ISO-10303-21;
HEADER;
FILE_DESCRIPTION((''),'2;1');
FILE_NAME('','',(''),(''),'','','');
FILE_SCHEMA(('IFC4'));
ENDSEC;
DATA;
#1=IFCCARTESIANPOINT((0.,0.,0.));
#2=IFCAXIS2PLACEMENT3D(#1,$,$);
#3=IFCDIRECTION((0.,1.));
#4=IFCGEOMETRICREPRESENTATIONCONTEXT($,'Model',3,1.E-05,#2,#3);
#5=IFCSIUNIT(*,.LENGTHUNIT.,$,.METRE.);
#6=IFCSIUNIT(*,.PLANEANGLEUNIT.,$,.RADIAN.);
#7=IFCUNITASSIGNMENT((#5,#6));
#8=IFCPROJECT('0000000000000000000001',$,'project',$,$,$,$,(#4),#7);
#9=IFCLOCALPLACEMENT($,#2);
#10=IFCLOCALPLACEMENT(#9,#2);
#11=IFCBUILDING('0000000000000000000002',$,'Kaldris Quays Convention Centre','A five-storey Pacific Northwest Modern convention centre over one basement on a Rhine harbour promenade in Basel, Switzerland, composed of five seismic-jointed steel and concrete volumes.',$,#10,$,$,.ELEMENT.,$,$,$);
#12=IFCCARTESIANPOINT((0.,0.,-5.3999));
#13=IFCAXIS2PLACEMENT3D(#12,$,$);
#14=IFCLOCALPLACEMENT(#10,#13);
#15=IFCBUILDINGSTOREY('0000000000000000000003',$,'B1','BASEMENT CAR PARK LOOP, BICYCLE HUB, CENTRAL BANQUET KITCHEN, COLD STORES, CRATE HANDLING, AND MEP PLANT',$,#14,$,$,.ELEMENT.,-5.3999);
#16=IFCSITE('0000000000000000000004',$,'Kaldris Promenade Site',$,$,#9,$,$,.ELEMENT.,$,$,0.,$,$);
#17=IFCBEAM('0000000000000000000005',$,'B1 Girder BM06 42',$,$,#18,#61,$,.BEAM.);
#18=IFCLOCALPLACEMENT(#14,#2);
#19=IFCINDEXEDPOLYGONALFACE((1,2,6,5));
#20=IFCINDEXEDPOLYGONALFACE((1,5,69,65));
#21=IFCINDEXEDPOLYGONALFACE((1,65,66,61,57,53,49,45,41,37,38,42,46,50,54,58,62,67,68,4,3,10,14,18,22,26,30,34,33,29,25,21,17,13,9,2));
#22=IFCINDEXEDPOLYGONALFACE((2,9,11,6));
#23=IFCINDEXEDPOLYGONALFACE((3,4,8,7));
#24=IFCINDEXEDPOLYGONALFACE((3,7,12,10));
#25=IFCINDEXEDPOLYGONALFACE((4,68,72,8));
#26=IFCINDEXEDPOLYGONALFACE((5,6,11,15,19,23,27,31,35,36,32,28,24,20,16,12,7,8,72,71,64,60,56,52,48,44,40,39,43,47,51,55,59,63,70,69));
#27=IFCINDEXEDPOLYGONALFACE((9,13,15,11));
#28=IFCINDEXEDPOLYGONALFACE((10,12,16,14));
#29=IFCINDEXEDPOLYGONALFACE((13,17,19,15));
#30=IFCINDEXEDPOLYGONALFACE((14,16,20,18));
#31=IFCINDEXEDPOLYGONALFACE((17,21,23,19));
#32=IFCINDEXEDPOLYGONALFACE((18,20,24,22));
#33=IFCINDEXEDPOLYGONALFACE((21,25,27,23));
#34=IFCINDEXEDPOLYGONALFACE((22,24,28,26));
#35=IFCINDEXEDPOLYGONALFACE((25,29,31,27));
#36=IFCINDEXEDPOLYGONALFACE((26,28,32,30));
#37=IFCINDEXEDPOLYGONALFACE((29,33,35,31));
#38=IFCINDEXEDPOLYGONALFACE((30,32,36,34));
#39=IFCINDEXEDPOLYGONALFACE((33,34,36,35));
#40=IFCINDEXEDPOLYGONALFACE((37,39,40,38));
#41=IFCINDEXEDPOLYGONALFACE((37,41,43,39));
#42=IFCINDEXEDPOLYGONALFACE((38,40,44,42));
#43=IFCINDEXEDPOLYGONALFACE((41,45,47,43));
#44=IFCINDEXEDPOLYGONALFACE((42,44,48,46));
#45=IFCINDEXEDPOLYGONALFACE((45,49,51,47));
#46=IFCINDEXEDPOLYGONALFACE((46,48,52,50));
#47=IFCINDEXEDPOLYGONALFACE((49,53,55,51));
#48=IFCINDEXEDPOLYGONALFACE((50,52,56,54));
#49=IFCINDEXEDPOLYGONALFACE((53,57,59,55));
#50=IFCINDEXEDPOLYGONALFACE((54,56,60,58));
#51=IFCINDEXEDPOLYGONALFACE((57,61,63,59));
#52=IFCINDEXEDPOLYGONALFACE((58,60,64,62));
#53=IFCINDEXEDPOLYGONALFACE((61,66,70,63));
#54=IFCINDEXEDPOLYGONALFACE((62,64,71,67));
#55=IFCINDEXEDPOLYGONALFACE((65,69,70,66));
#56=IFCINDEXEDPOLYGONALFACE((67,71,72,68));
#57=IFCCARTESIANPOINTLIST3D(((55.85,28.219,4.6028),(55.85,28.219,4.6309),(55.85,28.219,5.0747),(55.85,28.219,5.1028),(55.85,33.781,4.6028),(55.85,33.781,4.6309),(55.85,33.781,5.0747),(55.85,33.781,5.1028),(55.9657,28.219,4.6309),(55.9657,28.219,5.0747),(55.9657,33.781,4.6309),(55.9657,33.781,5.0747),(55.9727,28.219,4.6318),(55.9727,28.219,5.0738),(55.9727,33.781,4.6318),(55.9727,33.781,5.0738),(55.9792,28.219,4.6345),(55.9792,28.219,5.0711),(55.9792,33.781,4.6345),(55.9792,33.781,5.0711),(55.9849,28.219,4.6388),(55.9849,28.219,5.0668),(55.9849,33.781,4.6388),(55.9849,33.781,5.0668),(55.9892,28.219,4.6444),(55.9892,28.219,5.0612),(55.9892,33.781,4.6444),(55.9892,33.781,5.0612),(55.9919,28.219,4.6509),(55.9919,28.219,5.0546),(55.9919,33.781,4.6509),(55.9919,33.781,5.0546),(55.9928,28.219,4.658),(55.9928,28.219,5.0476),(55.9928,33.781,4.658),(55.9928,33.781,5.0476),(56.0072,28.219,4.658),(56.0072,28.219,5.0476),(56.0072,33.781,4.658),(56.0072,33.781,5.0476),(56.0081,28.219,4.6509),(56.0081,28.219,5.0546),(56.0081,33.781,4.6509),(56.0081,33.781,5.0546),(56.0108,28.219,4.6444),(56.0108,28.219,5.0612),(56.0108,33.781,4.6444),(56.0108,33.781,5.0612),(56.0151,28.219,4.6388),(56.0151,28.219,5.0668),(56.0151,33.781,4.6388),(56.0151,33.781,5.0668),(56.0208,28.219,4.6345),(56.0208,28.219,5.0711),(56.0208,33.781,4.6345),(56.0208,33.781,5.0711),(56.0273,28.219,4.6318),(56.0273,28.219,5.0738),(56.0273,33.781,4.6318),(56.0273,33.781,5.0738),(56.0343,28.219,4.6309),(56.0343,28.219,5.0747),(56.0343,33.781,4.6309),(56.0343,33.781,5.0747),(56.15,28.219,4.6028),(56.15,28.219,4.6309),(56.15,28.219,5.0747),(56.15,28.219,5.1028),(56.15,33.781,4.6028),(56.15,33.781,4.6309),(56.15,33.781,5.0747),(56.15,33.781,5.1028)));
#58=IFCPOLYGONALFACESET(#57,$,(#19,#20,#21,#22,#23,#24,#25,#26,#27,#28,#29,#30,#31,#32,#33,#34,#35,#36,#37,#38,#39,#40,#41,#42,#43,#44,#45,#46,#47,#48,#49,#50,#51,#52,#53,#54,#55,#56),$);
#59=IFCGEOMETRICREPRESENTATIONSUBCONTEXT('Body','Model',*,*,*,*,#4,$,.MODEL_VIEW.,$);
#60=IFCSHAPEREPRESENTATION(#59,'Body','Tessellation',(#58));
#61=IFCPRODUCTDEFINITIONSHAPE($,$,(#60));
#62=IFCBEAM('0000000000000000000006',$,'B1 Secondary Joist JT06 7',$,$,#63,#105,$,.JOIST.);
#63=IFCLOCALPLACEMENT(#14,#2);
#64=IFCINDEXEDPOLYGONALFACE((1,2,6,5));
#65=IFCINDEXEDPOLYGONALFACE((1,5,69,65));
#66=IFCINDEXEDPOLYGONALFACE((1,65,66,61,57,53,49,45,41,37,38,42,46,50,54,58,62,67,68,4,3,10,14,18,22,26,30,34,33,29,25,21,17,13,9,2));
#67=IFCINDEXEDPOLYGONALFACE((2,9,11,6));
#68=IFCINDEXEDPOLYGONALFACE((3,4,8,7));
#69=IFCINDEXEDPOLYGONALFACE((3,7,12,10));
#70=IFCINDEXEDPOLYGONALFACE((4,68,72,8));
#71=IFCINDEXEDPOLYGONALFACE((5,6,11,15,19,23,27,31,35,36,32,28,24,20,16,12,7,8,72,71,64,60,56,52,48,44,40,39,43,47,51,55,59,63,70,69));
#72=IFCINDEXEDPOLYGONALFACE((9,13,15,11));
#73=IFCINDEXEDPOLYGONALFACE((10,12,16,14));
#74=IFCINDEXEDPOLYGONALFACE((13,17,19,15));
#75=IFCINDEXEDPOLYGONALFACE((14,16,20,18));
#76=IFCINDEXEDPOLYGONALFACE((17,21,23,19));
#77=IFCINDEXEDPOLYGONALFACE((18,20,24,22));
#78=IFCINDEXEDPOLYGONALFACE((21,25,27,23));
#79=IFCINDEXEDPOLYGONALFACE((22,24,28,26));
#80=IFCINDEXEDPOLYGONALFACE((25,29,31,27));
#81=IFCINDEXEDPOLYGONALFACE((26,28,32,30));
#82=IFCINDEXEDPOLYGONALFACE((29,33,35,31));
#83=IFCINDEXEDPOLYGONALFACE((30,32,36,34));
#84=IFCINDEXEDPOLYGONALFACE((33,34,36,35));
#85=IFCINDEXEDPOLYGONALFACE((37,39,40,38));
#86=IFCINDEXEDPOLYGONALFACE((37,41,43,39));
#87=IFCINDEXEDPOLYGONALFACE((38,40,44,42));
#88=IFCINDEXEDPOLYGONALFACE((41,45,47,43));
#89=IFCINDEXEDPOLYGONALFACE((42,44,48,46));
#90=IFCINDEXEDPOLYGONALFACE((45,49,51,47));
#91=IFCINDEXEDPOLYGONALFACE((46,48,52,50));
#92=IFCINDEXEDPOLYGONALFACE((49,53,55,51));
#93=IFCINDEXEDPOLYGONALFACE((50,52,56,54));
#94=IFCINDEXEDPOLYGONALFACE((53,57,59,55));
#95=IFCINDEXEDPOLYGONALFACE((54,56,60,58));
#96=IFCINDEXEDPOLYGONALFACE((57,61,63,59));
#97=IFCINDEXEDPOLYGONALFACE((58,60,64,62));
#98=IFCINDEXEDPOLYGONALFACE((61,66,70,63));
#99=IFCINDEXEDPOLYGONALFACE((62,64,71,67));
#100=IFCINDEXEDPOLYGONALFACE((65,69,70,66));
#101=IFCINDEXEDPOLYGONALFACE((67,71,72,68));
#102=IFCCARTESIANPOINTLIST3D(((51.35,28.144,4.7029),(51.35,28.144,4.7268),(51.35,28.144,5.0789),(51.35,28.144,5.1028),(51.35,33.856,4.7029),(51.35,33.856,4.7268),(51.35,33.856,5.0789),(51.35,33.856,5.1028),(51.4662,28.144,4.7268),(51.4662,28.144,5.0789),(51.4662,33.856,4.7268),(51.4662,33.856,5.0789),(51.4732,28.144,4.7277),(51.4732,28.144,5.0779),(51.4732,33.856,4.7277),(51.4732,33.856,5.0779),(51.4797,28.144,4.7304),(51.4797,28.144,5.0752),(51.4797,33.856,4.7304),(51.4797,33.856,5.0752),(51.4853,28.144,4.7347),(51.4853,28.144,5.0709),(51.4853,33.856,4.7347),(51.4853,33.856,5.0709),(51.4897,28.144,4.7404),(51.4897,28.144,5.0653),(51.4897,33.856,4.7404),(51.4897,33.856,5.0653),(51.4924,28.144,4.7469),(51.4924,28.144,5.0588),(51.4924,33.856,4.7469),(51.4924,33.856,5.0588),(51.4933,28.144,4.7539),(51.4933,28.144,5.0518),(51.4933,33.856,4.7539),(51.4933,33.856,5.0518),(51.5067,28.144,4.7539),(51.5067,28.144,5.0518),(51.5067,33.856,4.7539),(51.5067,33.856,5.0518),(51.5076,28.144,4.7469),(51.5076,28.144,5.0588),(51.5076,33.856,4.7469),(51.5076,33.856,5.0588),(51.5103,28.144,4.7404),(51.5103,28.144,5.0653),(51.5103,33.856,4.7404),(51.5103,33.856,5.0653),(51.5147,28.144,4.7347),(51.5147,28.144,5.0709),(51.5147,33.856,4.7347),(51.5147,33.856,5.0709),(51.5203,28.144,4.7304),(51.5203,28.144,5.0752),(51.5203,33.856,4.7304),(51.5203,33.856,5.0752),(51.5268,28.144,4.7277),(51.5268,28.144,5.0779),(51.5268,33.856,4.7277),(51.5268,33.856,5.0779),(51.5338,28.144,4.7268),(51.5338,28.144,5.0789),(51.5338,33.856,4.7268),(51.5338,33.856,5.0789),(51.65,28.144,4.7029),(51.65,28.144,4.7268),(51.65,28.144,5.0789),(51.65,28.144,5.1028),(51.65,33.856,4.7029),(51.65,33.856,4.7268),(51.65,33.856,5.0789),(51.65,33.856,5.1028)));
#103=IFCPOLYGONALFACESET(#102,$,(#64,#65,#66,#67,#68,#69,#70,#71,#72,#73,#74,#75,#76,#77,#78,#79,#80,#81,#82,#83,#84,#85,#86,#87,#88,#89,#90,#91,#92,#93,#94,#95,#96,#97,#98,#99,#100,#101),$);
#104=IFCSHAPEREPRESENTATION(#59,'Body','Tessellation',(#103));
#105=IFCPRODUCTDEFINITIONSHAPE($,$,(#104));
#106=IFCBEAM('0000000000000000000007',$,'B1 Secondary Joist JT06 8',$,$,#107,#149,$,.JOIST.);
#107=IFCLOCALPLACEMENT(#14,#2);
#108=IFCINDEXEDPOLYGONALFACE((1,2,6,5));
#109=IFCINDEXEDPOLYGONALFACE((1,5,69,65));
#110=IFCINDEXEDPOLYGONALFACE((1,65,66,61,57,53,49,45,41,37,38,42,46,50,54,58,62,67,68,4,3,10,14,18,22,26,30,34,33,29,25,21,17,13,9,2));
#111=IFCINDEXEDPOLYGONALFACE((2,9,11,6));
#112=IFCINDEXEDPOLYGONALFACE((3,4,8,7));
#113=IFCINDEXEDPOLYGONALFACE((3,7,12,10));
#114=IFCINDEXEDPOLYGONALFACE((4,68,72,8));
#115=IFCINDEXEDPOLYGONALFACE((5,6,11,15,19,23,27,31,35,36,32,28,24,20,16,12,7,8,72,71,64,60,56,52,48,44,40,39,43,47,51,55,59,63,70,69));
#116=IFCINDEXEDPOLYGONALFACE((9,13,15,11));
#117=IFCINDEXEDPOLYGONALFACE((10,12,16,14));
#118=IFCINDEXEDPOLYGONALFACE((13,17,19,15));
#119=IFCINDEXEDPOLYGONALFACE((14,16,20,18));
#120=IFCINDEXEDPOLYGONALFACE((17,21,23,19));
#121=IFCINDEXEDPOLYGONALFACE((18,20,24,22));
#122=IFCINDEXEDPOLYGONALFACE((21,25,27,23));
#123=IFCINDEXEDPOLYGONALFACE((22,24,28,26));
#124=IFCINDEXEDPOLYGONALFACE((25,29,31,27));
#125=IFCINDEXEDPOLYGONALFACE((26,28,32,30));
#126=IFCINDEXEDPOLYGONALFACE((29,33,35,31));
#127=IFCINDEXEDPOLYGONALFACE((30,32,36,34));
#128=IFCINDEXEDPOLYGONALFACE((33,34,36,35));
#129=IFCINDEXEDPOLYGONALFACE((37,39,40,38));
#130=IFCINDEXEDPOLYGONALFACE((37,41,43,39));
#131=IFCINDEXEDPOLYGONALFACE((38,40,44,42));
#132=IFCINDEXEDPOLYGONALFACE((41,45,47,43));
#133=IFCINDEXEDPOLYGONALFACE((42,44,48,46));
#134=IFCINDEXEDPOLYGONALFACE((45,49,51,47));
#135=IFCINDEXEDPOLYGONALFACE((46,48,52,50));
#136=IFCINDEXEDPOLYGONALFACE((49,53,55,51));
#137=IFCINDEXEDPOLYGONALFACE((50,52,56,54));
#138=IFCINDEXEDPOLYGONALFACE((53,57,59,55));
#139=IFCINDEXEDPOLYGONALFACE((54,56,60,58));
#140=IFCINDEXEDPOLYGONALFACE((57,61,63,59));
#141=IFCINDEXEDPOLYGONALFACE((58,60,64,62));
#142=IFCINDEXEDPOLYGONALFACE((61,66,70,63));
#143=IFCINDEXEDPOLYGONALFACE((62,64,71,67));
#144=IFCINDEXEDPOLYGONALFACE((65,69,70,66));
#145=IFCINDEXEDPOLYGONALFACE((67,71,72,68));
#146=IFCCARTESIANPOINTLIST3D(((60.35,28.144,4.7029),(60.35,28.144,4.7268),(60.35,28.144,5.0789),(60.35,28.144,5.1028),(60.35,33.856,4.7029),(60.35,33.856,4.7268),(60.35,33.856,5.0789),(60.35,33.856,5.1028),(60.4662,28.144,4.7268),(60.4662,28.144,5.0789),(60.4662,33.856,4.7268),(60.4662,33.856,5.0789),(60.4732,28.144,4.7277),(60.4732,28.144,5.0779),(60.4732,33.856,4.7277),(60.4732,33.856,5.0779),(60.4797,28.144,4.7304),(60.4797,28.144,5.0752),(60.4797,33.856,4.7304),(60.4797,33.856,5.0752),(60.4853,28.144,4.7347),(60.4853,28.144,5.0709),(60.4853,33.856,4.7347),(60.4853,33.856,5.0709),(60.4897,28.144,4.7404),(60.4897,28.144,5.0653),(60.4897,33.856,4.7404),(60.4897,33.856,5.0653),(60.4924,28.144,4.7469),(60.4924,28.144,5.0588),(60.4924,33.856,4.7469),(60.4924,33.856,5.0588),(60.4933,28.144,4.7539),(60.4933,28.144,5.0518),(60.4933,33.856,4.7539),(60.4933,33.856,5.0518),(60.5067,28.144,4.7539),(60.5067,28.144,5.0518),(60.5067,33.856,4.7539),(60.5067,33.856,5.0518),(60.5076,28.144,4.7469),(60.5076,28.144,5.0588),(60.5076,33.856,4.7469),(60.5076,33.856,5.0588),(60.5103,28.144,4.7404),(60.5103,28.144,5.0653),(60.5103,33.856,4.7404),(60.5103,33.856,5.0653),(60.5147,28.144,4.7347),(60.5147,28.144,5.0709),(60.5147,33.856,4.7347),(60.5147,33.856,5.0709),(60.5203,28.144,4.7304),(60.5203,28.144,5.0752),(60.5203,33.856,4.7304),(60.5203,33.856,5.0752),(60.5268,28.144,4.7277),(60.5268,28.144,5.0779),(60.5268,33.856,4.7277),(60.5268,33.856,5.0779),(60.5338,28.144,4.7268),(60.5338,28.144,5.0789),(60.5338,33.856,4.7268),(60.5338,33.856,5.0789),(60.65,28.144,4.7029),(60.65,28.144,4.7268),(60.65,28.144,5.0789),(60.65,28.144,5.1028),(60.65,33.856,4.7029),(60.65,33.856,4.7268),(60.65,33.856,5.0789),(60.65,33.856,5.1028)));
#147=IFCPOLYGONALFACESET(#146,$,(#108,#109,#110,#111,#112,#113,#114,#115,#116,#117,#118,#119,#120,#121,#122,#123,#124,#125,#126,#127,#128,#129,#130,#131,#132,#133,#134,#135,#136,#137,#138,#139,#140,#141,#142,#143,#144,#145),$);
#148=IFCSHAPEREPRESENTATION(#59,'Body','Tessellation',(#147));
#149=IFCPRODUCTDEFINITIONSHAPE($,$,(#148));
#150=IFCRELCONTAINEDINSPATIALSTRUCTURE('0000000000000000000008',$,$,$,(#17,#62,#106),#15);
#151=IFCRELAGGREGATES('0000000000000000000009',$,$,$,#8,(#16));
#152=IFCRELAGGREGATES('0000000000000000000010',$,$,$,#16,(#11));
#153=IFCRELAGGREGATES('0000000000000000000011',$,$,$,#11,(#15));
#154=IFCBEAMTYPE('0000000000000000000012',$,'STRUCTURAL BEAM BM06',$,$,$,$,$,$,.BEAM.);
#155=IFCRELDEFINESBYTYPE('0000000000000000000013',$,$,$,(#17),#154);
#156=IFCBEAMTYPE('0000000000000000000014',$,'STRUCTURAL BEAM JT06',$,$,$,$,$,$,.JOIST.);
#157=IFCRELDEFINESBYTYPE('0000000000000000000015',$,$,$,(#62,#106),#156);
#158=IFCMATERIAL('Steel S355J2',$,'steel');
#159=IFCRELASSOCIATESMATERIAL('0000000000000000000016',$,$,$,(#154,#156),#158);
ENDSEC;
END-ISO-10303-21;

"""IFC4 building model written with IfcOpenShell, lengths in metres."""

from ifc_helpers import new_model, si_unit, direction, frame, origin, origin_2d, place, context, subcontext, project, spatial, i_section, extrude, material, material_profile, profile_set, type_object, element, save


model = new_model("IFC4")

# Units and contexts
model_context = context("Model", 3, precision=1e-05, world=origin(), true_north=direction((0.0, 1.0)))
body_context = subcontext(model_context, "Body", "Model", "MODEL_VIEW")
ifc_project = project(units=[si_unit("LENGTHUNIT", "METRE"), si_unit("PLANEANGLEUNIT", "RADIAN")], contexts=[model_context])

# Site, building, storey
site_placement = place(None, origin())
site = spatial("IfcSite", under=ifc_project, at=site_placement, Name="Kaldris Promenade Site", CompositionType="ELEMENT", RefElevation=0.0)
building_placement = place(site_placement, origin())
building = spatial("IfcBuilding", under=site, at=building_placement, Name="Kaldris Quays Convention Centre", Description="A five-storey Pacific Northwest Modern convention centre over one basement on a Rhine harbour promenade in Basel, Switzerland, composed of five seismic-jointed steel and concrete volumes.", CompositionType="ELEMENT")
storey_placement = place(building_placement, frame((0.0, 0.0, -5.3999)))
storey = spatial("IfcBuildingStorey", under=building, at=storey_placement, Name="B1", Description="BASEMENT CAR PARK LOOP, BICYCLE HUB, CENTRAL BANQUET KITCHEN, COLD STORES, CRATE HANDLING, AND MEP PLANT", CompositionType="ELEMENT", Elevation=-5.3999)

# Shared definitions
ifc_material_1 = material(Name="Steel S355J2", Category="steel")

# Beams
ifc_material_profile_1 = material_profile(ifc_material_1, i_section(OverallWidth=0.3, OverallDepth=0.5, WebThickness=0.0144, FlangeThickness=0.0281, FilletRadius=0.0271, at=origin_2d()), Name="HEB 500")
ifc_profile_set_1 = profile_set([ifc_material_profile_1], Name="Steel S355J2")
beam_type_1 = type_object("IfcBeamType", Name="STRUCTURAL BEAM BM06", PredefinedType="BEAM", material=ifc_profile_set_1)
beam_placement = place(storey_placement, frame((56.0, 28.219, 4.8528), z_axis=(0.0, 1.0, 0.0), x_axis=(-1.0, 0.0, 0.0)))
element("IfcBeam", 1, at=beam_placement, inside=storey, type_object=beam_type_1, Name="B1 Girder BM06 42", PredefinedType="BEAM", context=body_context, shape_type="SweptSolid", body=[
    extrude(i_section(OverallWidth=0.3, OverallDepth=0.5, WebThickness=0.0144, FlangeThickness=0.0281, FilletRadius=0.0271, at=origin_2d()), origin(), (0.0, 0.0, 1.0), 5.562),
])
ifc_material_profile_2 = material_profile(ifc_material_1, i_section(OverallWidth=0.3, OverallDepth=0.3999, WebThickness=0.0134, FlangeThickness=0.0239, FilletRadius=0.0271, at=origin_2d()), Name="HEB 400")
ifc_profile_set_2 = profile_set([ifc_material_profile_2], Name="Steel S355J2")
beam_type_2 = type_object("IfcBeamType", Name="STRUCTURAL BEAM JT06", PredefinedType="JOIST", material=ifc_profile_set_2)
for number, where, z_axis, x_axis, name in (
    (2, (51.5, 28.144, 4.9028), (0.0, 1.0, 0.0), (-1.0, 0.0, 0.0), "B1 Secondary Joist JT06 7"),
    (3, (60.5, 28.144, 4.9028), (0.0, 1.0, 0.0), (-1.0, 0.0, 0.0), "B1 Secondary Joist JT06 8"),
):
    element("IfcBeam", number, at=place(storey_placement, frame(where, z_axis=z_axis, x_axis=x_axis)), inside=storey, type_object=beam_type_2, Name=name, PredefinedType="JOIST", context=body_context, shape_type="SweptSolid", body=[
        extrude(i_section(OverallWidth=0.3, OverallDepth=0.3999, WebThickness=0.0134, FlangeThickness=0.0239, FilletRadius=0.0271, at=origin_2d()), origin(), (0.0, 0.0, 1.0), 5.7119),
    ])

save(model, "model.ifc")
